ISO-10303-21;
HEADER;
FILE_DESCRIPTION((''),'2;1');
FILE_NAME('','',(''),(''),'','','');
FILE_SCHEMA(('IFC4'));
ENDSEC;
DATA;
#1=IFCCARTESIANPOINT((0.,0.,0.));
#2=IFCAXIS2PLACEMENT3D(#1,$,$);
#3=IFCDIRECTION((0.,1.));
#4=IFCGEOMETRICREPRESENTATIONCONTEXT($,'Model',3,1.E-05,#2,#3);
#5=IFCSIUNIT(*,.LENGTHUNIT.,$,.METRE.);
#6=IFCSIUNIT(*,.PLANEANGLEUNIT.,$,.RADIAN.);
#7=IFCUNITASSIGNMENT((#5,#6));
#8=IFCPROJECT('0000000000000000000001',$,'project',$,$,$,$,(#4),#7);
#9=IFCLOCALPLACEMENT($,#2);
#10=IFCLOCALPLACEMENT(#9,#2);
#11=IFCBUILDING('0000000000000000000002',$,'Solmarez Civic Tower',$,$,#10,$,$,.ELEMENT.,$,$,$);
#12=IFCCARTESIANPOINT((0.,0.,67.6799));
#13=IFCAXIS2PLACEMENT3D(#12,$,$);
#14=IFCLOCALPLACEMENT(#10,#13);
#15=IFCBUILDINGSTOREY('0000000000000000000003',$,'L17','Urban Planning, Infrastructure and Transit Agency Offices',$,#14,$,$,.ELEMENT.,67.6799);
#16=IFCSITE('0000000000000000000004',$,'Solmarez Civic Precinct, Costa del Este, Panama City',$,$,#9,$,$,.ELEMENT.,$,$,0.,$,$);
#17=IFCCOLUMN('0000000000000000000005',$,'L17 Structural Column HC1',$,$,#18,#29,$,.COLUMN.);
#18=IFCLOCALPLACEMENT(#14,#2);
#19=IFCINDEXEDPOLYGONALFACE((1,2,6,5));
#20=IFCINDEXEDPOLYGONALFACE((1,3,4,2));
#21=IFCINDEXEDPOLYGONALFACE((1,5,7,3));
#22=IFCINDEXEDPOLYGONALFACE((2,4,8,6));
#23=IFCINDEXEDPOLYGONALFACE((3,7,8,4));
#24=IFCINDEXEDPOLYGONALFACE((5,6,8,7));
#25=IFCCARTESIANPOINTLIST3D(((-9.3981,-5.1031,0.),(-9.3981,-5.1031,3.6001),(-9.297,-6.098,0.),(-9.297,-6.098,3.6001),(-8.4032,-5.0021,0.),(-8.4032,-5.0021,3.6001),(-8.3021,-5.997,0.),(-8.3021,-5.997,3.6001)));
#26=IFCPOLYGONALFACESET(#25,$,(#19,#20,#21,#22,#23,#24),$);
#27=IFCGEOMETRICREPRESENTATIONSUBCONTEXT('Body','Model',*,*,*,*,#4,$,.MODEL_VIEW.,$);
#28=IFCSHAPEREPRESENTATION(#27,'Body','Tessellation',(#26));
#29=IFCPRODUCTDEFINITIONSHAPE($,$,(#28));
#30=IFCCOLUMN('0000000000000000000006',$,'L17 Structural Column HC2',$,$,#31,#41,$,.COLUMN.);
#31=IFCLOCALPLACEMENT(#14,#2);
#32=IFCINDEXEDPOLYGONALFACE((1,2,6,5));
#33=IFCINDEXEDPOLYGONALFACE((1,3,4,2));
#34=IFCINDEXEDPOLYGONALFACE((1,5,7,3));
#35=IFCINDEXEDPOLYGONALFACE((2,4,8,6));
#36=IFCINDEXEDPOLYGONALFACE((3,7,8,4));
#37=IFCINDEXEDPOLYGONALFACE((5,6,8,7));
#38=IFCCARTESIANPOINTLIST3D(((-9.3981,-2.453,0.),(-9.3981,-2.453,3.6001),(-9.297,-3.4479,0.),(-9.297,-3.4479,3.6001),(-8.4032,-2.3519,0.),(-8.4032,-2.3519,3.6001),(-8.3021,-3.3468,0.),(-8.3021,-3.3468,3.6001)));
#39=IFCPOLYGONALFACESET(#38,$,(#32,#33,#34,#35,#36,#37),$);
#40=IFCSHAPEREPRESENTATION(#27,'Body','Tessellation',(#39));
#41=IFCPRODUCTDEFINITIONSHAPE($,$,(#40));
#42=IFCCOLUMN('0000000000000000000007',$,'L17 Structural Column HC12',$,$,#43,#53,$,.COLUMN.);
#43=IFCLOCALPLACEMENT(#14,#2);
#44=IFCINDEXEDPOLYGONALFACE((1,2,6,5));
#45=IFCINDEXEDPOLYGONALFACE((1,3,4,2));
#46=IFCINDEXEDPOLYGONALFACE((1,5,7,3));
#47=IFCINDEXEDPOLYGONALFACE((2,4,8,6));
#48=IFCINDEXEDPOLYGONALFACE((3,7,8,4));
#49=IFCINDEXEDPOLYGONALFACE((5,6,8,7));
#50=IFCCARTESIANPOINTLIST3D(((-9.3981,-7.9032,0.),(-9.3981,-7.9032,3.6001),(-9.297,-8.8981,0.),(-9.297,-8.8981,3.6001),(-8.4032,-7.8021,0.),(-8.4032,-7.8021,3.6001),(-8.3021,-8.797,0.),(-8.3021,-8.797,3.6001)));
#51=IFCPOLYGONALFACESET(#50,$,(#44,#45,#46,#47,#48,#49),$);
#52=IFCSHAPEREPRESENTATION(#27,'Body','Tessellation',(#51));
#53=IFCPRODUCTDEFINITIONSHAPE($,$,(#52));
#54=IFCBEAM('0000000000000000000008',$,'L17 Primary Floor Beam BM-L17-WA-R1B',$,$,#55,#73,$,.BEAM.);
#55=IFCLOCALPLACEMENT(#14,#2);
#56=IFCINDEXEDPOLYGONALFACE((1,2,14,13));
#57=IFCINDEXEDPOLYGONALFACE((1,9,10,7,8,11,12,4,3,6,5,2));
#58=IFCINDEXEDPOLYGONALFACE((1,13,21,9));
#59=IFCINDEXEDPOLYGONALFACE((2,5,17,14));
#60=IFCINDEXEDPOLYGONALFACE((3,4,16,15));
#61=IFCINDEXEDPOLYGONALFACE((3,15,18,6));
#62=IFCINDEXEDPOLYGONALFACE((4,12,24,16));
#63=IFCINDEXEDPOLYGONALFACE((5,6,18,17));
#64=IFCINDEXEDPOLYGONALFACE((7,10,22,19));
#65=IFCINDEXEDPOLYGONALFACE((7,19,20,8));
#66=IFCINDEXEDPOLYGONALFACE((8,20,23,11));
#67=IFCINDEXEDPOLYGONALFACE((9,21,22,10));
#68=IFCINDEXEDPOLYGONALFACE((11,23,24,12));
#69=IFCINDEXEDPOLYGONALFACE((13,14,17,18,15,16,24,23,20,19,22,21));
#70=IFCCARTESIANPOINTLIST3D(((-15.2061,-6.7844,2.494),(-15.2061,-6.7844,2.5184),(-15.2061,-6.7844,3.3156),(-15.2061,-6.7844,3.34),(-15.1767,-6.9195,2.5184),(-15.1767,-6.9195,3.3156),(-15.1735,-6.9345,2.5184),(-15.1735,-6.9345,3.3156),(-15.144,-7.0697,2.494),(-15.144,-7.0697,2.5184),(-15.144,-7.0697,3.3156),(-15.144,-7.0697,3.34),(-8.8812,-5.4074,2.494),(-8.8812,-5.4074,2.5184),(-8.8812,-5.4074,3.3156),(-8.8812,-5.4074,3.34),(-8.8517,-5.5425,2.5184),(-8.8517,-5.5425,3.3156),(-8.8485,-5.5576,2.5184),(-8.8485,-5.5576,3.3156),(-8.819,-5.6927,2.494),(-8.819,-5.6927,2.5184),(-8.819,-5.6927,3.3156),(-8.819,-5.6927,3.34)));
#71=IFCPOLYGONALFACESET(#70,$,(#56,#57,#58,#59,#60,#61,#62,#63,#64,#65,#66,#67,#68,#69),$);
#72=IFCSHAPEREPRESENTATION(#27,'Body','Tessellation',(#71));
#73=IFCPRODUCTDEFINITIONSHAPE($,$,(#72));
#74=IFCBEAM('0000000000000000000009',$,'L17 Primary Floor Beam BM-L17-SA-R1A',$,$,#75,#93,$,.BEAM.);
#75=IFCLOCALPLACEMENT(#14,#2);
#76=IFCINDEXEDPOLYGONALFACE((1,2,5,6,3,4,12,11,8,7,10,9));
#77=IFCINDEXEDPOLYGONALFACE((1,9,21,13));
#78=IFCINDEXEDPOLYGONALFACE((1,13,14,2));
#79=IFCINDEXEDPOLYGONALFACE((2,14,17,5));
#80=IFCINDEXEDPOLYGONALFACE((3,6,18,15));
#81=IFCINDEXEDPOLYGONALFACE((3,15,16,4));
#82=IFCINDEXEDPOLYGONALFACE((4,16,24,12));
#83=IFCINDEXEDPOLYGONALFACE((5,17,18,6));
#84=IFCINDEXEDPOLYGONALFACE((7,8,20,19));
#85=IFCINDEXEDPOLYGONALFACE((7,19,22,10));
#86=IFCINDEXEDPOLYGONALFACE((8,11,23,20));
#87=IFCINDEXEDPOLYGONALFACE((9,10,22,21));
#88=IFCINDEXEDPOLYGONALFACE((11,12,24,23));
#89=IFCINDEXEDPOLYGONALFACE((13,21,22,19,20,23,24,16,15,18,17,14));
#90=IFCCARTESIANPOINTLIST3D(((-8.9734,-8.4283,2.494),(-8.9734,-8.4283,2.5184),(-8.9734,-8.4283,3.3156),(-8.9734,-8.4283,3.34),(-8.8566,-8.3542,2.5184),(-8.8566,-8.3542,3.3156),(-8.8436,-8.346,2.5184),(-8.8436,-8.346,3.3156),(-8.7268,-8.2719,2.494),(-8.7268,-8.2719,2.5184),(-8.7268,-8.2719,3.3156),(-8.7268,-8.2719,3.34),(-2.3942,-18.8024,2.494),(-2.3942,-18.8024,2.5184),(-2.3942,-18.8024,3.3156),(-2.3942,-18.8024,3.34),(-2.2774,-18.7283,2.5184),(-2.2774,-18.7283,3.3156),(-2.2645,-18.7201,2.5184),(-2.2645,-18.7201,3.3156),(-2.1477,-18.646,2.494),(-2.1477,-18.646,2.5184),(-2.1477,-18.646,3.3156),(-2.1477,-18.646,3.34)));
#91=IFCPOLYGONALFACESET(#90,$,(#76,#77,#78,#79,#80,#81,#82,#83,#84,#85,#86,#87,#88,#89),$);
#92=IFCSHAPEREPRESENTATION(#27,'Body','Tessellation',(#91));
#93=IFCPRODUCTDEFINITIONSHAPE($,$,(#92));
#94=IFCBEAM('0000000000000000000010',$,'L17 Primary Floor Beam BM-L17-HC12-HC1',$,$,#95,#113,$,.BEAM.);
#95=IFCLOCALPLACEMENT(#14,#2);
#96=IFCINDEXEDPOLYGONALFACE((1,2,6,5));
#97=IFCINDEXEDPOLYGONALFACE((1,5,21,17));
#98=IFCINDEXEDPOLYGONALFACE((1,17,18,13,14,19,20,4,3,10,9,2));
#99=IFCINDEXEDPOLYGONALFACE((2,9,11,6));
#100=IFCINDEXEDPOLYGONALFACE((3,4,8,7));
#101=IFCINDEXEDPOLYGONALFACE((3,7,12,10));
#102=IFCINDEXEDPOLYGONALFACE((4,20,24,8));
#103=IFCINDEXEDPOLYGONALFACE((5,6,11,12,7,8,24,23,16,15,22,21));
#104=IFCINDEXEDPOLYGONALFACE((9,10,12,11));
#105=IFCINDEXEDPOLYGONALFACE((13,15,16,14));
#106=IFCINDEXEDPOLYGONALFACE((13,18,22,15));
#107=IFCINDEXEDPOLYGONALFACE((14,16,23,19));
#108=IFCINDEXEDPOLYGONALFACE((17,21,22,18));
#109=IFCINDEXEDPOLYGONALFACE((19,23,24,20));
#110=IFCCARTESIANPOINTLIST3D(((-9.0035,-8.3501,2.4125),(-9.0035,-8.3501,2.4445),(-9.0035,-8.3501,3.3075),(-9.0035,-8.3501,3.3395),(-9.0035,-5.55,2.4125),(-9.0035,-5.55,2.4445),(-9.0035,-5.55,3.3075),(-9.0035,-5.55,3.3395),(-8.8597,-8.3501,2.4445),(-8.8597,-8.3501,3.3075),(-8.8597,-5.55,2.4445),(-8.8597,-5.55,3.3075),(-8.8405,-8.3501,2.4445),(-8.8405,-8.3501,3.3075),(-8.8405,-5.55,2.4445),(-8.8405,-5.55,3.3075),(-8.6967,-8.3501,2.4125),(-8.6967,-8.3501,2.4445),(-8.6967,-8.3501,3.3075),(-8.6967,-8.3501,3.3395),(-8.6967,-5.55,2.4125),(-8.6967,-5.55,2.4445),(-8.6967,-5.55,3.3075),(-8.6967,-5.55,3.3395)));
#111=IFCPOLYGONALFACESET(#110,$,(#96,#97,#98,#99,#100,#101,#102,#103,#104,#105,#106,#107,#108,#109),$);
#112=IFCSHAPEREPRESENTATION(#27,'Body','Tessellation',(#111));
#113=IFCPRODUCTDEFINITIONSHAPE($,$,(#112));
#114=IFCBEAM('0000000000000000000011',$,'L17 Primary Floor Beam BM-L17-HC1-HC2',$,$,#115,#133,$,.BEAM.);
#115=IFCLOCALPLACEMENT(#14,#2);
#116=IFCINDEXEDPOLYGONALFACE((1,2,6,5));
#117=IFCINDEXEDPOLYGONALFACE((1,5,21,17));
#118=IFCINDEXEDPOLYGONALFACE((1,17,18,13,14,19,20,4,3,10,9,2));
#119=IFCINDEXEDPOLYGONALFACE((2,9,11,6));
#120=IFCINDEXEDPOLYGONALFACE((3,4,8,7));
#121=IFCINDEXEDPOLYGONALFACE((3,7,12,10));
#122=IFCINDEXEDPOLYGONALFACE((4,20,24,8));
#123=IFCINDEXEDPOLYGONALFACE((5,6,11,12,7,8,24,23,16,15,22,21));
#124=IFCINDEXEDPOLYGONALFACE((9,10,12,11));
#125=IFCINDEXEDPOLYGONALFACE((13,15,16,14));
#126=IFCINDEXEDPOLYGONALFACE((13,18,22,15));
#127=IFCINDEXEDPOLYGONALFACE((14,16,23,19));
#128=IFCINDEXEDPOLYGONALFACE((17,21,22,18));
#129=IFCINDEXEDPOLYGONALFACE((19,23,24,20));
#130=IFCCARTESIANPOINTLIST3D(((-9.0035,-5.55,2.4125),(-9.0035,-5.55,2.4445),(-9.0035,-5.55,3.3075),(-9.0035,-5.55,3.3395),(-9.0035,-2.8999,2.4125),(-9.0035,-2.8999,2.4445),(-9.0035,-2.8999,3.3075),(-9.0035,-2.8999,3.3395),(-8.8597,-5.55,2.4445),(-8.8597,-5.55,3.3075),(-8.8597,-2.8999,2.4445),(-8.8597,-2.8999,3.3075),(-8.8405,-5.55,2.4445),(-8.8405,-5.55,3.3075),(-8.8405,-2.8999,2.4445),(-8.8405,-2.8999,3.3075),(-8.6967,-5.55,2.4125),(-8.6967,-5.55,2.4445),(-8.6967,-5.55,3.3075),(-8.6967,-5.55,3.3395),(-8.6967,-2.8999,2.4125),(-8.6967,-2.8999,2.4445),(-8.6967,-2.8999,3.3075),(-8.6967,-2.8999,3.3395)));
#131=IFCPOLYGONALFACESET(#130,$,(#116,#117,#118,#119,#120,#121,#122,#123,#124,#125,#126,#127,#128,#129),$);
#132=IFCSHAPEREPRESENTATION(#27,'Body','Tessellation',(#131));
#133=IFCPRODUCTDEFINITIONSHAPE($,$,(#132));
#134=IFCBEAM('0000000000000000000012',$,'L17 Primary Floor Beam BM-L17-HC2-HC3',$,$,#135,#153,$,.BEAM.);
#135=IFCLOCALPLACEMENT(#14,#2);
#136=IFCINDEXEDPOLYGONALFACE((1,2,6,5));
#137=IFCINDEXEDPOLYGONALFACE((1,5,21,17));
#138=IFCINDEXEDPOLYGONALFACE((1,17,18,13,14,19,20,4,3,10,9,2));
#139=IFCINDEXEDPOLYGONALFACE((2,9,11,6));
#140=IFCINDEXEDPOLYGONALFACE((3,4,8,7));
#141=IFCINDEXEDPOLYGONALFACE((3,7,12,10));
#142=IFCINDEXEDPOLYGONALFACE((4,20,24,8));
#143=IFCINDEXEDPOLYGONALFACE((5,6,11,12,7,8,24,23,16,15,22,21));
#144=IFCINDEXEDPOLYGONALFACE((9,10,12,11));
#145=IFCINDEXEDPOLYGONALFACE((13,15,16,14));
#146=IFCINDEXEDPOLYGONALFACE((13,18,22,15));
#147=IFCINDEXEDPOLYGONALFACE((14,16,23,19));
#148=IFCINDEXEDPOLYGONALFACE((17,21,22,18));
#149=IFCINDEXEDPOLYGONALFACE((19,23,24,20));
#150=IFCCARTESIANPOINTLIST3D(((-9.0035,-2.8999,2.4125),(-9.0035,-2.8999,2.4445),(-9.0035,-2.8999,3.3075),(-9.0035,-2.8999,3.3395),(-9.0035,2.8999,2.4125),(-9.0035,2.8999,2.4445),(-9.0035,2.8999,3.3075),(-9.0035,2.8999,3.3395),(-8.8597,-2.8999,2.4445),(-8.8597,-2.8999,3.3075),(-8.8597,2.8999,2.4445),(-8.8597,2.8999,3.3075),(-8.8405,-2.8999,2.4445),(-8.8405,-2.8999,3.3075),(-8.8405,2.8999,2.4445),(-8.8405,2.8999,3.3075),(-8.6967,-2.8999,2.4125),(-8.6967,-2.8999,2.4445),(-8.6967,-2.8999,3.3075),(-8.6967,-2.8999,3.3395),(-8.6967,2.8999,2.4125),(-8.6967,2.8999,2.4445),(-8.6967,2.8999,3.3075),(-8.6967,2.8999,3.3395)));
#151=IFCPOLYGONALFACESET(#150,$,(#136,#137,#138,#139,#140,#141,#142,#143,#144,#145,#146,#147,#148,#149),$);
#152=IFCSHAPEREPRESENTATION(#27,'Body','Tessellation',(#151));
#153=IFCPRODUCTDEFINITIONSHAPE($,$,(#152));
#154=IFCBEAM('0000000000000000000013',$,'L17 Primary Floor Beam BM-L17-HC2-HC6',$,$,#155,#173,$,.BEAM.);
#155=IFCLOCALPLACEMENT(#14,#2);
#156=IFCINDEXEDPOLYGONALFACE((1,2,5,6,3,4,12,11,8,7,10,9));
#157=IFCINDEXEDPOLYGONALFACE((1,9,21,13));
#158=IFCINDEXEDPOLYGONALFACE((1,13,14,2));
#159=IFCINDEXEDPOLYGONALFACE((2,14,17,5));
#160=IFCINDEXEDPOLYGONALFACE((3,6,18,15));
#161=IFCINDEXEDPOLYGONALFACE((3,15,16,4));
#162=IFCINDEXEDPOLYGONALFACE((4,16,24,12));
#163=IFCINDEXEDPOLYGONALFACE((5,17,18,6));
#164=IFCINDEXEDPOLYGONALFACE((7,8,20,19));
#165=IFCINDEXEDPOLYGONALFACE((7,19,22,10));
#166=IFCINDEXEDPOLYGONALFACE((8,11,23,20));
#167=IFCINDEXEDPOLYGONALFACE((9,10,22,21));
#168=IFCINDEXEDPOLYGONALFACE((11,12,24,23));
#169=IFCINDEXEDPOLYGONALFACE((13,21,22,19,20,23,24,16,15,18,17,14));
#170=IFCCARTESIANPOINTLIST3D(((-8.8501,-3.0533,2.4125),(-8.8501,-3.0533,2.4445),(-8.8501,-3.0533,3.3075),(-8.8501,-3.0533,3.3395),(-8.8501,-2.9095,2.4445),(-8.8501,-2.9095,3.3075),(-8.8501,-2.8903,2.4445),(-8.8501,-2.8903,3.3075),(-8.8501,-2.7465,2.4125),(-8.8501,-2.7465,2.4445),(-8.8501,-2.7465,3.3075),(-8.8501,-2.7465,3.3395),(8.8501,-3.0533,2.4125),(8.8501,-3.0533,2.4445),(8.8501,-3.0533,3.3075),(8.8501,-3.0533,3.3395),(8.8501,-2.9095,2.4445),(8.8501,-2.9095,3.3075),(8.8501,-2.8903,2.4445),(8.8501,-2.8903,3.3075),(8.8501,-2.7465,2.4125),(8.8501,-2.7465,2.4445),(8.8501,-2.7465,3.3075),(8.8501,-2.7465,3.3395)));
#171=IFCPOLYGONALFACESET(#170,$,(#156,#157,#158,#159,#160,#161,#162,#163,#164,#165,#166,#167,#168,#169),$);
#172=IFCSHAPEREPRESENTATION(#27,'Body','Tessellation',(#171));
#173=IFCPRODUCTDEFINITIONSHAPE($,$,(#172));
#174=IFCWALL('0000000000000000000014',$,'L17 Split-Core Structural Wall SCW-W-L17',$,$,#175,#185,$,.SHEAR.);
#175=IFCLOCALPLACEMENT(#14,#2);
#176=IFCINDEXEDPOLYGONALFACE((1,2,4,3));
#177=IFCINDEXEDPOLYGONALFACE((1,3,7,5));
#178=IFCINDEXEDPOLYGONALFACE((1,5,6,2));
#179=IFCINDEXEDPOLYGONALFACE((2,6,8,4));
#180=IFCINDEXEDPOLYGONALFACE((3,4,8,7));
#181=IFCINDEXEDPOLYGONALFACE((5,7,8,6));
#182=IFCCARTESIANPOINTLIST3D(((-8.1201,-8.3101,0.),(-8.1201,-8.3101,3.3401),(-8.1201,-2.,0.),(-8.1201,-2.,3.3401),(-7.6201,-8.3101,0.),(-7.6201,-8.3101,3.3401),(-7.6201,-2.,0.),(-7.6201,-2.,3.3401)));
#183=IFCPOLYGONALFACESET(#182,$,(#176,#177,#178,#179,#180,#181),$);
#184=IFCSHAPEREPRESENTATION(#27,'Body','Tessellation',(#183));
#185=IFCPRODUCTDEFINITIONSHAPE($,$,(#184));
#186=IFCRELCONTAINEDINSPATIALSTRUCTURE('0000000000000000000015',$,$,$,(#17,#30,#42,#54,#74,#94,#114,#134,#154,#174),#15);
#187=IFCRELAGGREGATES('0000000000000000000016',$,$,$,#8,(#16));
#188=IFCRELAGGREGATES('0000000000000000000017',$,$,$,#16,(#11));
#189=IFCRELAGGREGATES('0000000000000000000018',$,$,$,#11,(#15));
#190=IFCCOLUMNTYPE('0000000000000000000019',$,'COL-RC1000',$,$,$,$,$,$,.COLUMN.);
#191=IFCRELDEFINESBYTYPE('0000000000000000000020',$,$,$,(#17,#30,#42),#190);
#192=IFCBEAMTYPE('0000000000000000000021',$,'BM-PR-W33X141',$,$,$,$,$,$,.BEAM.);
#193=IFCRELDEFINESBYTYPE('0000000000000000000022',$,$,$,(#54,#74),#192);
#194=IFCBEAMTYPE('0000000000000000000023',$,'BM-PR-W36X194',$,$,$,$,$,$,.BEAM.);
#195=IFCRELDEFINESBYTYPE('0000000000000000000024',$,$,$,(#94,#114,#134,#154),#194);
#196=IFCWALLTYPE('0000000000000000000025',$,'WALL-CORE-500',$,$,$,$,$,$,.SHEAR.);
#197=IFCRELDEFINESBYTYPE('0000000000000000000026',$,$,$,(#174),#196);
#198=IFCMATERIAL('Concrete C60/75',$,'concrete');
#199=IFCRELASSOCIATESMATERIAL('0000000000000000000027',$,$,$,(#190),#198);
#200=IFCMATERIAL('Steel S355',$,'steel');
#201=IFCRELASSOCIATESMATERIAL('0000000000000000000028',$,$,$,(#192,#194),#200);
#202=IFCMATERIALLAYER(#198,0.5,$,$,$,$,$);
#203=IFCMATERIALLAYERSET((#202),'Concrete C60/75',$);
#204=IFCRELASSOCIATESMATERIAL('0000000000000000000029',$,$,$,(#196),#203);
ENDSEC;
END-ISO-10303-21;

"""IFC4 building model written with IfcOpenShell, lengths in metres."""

from ifc_helpers import new_model, si_unit, direction, frame, frame_2d, origin, origin_2d, place, context, subcontext, project, spatial, rectangle, i_section, extrude, material, layer, layer_set, material_profile, profile_set, type_object, element, save


model = new_model("IFC4")

# Units and contexts
model_context = context("Model", 3, precision=1e-05, world=origin(), true_north=direction((0.0, 1.0)))
body_context = subcontext(model_context, "Body", "Model", "MODEL_VIEW")
ifc_project = project(units=[si_unit("LENGTHUNIT", "METRE"), si_unit("PLANEANGLEUNIT", "RADIAN")], contexts=[model_context])

# Site, building, storey
site_placement = place(None, origin())
site = spatial("IfcSite", under=ifc_project, at=site_placement, Name="Solmarez Civic Precinct, Costa del Este, Panama City", CompositionType="ELEMENT", RefElevation=0.0)
building_placement = place(site_placement, origin())
building = spatial("IfcBuilding", under=site, at=building_placement, Name="Solmarez Civic Tower", CompositionType="ELEMENT")
storey_placement = place(building_placement, frame((0.0, 0.0, 67.6799)))
storey = spatial("IfcBuildingStorey", under=building, at=storey_placement, Name="L17", Description="Urban Planning, Infrastructure and Transit Agency Offices", CompositionType="ELEMENT", Elevation=67.6799)

# Columns
ifc_material_1 = material(Name="Concrete C60/75", Category="concrete")
ifc_material_profile_1 = material_profile(ifc_material_1, rectangle(XDim=1.0, YDim=1.0, at=origin_2d()), Name="RC1000X1000")
ifc_profile_set_1 = profile_set([ifc_material_profile_1], Name="Concrete C60/75")
column_type = type_object("IfcColumnType", Name="COL-RC1000", PredefinedType="COLUMN", material=ifc_profile_set_1)
for number, where, z_axis, x_axis, name in (
    (1, (-8.8501, -5.55, 0.0), (0.0, 0.0, 1.0), (0.994881, 0.101056, 0.0), "L17 Structural Column HC1"),
    (2, (-8.8501, -2.8999, 0.0), (0.0, 0.0, 1.0), (0.994881, 0.101056, 0.0), "L17 Structural Column HC2"),
    (3, (-8.8501, -8.3501, 0.0), (0.0, 0.0, 1.0), (0.994881, 0.101056, 0.0), "L17 Structural Column HC12"),
):
    element("IfcColumn", number, at=place(storey_placement, frame(where, z_axis=z_axis, x_axis=x_axis)), inside=storey, type_object=column_type, Name=name, PredefinedType="COLUMN", context=body_context, shape_type="SweptSolid", body=[
        extrude(rectangle(XDim=1.0, YDim=1.0, at=origin_2d()), origin(), (0.0, 0.0, 1.0), 3.6001),
    ])

# Beams
ifc_material_2 = material(Name="Steel S355", Category="steel")
ifc_material_profile_2 = material_profile(ifc_material_2, i_section(OverallWidth=0.292, OverallDepth=0.8459, WebThickness=0.0154, FlangeThickness=0.0244, at=origin_2d()), Name="W33X141")
ifc_profile_set_2 = profile_set([ifc_material_profile_2], Name="Steel S355")
beam_type_1 = type_object("IfcBeamType", Name="BM-PR-W33X141", PredefinedType="BEAM", material=ifc_profile_set_2)
beam_1_placement = place(storey_placement, frame((-8.8501, -5.55, 2.917), z_axis=(-0.977113, -0.212719, 0.0), x_axis=(0.212719, -0.977113, 0.0)))
element("IfcBeam", 4, at=beam_1_placement, inside=storey, type_object=beam_type_1, Name="L17 Primary Floor Beam BM-L17-WA-R1B", PredefinedType="BEAM", context=body_context, shape_type="SweptSolid", body=[
    extrude(i_section(OverallWidth=0.292, OverallDepth=0.8459, WebThickness=0.0154, FlangeThickness=0.0244, at=origin_2d()), origin(), (0.0, 0.0, 1.0), 6.4731),
])
beam_2_placement = place(storey_placement, frame((-8.8501, -8.3501, 2.917), z_axis=(0.535568, -0.844492, 0.0), x_axis=(0.844492, 0.535568, 0.0)))
element("IfcBeam", 5, at=beam_2_placement, inside=storey, type_object=beam_type_1, Name="L17 Primary Floor Beam BM-L17-SA-R1A", PredefinedType="BEAM", context=body_context, shape_type="SweptSolid", body=[
    extrude(i_section(OverallWidth=0.292, OverallDepth=0.8459, WebThickness=0.0154, FlangeThickness=0.0244, at=origin_2d()), origin(), (0.0, 0.0, 1.0), 12.2844),
])
ifc_material_profile_3 = material_profile(ifc_material_2, i_section(OverallWidth=0.3069, OverallDepth=0.927, WebThickness=0.0193, FlangeThickness=0.032, at=origin_2d()), Name="W36X194")
ifc_profile_set_3 = profile_set([ifc_material_profile_3], Name="Steel S355")
beam_type_2 = type_object("IfcBeamType", Name="BM-PR-W36X194", PredefinedType="BEAM", material=ifc_profile_set_3)
beam_3_placement = place(storey_placement, frame((-8.8501, -8.3501, 2.876), z_axis=(0.0, 1.0, 0.0), x_axis=(-1.0, 0.0, 0.0)))
element("IfcBeam", 6, at=beam_3_placement, inside=storey, type_object=beam_type_2, Name="L17 Primary Floor Beam BM-L17-HC12-HC1", PredefinedType="BEAM", context=body_context, shape_type="SweptSolid", body=[
    extrude(i_section(OverallWidth=0.3069, OverallDepth=0.927, WebThickness=0.0193, FlangeThickness=0.032, at=origin_2d()), origin(), (0.0, 0.0, 1.0), 2.8),
])
beam_4_placement = place(storey_placement, frame((-8.8501, -5.55, 2.876), z_axis=(0.0, 1.0, 0.0), x_axis=(-1.0, 0.0, 0.0)))
element("IfcBeam", 7, at=beam_4_placement, inside=storey, type_object=beam_type_2, Name="L17 Primary Floor Beam BM-L17-HC1-HC2", PredefinedType="BEAM", context=body_context, shape_type="SweptSolid", body=[
    extrude(i_section(OverallWidth=0.3069, OverallDepth=0.927, WebThickness=0.0193, FlangeThickness=0.032, at=origin_2d()), origin(), (0.0, 0.0, 1.0), 2.6501),
])
beam_5_placement = place(storey_placement, frame((-8.8501, -2.8999, 2.876), z_axis=(0.0, 1.0, 0.0), x_axis=(-1.0, 0.0, 0.0)))
element("IfcBeam", 8, at=beam_5_placement, inside=storey, type_object=beam_type_2, Name="L17 Primary Floor Beam BM-L17-HC2-HC3", PredefinedType="BEAM", context=body_context, shape_type="SweptSolid", body=[
    extrude(i_section(OverallWidth=0.3069, OverallDepth=0.927, WebThickness=0.0193, FlangeThickness=0.032, at=origin_2d()), origin(), (0.0, 0.0, 1.0), 5.7998),
])
beam_6_placement = place(storey_placement, frame((-8.8501, -2.8999, 2.876), z_axis=(1.0, 0.0, 0.0), x_axis=(0.0, 1.0, 0.0)))
element("IfcBeam", 9, at=beam_6_placement, inside=storey, type_object=beam_type_2, Name="L17 Primary Floor Beam BM-L17-HC2-HC6", PredefinedType="BEAM", context=body_context, shape_type="SweptSolid", body=[
    extrude(i_section(OverallWidth=0.3069, OverallDepth=0.927, WebThickness=0.0193, FlangeThickness=0.032, at=origin_2d()), origin(), (0.0, 0.0, 1.0), 17.7002),
])

# Shared definitions
ifc_layer_1 = layer(ifc_material_1, 0.5)
ifc_layer_set_1 = layer_set([ifc_layer_1], Name="Concrete C60/75")
wall_type_1 = type_object("IfcWallType", Name="WALL-CORE-500", PredefinedType="SHEAR", material=ifc_layer_set_1)

# Wall
wall_1_placement = place(storey_placement, frame((-7.8701, -8.3101, 0.0), z_axis=(0.0, 0.0, 1.0), x_axis=(0.0, 1.0, 0.0)))
element("IfcWall", 10, at=wall_1_placement, inside=storey, type_object=wall_type_1, Name="L17 Split-Core Structural Wall SCW-W-L17", PredefinedType="SHEAR", context=body_context, shape_type="SweptSolid", body=[
    extrude(rectangle(XDim=6.3101, YDim=0.5, at=frame_2d((3.155, 0.0))), origin(), (0.0, 0.0, 1.0), 3.3401),
])

save(model, "model.ifc")
